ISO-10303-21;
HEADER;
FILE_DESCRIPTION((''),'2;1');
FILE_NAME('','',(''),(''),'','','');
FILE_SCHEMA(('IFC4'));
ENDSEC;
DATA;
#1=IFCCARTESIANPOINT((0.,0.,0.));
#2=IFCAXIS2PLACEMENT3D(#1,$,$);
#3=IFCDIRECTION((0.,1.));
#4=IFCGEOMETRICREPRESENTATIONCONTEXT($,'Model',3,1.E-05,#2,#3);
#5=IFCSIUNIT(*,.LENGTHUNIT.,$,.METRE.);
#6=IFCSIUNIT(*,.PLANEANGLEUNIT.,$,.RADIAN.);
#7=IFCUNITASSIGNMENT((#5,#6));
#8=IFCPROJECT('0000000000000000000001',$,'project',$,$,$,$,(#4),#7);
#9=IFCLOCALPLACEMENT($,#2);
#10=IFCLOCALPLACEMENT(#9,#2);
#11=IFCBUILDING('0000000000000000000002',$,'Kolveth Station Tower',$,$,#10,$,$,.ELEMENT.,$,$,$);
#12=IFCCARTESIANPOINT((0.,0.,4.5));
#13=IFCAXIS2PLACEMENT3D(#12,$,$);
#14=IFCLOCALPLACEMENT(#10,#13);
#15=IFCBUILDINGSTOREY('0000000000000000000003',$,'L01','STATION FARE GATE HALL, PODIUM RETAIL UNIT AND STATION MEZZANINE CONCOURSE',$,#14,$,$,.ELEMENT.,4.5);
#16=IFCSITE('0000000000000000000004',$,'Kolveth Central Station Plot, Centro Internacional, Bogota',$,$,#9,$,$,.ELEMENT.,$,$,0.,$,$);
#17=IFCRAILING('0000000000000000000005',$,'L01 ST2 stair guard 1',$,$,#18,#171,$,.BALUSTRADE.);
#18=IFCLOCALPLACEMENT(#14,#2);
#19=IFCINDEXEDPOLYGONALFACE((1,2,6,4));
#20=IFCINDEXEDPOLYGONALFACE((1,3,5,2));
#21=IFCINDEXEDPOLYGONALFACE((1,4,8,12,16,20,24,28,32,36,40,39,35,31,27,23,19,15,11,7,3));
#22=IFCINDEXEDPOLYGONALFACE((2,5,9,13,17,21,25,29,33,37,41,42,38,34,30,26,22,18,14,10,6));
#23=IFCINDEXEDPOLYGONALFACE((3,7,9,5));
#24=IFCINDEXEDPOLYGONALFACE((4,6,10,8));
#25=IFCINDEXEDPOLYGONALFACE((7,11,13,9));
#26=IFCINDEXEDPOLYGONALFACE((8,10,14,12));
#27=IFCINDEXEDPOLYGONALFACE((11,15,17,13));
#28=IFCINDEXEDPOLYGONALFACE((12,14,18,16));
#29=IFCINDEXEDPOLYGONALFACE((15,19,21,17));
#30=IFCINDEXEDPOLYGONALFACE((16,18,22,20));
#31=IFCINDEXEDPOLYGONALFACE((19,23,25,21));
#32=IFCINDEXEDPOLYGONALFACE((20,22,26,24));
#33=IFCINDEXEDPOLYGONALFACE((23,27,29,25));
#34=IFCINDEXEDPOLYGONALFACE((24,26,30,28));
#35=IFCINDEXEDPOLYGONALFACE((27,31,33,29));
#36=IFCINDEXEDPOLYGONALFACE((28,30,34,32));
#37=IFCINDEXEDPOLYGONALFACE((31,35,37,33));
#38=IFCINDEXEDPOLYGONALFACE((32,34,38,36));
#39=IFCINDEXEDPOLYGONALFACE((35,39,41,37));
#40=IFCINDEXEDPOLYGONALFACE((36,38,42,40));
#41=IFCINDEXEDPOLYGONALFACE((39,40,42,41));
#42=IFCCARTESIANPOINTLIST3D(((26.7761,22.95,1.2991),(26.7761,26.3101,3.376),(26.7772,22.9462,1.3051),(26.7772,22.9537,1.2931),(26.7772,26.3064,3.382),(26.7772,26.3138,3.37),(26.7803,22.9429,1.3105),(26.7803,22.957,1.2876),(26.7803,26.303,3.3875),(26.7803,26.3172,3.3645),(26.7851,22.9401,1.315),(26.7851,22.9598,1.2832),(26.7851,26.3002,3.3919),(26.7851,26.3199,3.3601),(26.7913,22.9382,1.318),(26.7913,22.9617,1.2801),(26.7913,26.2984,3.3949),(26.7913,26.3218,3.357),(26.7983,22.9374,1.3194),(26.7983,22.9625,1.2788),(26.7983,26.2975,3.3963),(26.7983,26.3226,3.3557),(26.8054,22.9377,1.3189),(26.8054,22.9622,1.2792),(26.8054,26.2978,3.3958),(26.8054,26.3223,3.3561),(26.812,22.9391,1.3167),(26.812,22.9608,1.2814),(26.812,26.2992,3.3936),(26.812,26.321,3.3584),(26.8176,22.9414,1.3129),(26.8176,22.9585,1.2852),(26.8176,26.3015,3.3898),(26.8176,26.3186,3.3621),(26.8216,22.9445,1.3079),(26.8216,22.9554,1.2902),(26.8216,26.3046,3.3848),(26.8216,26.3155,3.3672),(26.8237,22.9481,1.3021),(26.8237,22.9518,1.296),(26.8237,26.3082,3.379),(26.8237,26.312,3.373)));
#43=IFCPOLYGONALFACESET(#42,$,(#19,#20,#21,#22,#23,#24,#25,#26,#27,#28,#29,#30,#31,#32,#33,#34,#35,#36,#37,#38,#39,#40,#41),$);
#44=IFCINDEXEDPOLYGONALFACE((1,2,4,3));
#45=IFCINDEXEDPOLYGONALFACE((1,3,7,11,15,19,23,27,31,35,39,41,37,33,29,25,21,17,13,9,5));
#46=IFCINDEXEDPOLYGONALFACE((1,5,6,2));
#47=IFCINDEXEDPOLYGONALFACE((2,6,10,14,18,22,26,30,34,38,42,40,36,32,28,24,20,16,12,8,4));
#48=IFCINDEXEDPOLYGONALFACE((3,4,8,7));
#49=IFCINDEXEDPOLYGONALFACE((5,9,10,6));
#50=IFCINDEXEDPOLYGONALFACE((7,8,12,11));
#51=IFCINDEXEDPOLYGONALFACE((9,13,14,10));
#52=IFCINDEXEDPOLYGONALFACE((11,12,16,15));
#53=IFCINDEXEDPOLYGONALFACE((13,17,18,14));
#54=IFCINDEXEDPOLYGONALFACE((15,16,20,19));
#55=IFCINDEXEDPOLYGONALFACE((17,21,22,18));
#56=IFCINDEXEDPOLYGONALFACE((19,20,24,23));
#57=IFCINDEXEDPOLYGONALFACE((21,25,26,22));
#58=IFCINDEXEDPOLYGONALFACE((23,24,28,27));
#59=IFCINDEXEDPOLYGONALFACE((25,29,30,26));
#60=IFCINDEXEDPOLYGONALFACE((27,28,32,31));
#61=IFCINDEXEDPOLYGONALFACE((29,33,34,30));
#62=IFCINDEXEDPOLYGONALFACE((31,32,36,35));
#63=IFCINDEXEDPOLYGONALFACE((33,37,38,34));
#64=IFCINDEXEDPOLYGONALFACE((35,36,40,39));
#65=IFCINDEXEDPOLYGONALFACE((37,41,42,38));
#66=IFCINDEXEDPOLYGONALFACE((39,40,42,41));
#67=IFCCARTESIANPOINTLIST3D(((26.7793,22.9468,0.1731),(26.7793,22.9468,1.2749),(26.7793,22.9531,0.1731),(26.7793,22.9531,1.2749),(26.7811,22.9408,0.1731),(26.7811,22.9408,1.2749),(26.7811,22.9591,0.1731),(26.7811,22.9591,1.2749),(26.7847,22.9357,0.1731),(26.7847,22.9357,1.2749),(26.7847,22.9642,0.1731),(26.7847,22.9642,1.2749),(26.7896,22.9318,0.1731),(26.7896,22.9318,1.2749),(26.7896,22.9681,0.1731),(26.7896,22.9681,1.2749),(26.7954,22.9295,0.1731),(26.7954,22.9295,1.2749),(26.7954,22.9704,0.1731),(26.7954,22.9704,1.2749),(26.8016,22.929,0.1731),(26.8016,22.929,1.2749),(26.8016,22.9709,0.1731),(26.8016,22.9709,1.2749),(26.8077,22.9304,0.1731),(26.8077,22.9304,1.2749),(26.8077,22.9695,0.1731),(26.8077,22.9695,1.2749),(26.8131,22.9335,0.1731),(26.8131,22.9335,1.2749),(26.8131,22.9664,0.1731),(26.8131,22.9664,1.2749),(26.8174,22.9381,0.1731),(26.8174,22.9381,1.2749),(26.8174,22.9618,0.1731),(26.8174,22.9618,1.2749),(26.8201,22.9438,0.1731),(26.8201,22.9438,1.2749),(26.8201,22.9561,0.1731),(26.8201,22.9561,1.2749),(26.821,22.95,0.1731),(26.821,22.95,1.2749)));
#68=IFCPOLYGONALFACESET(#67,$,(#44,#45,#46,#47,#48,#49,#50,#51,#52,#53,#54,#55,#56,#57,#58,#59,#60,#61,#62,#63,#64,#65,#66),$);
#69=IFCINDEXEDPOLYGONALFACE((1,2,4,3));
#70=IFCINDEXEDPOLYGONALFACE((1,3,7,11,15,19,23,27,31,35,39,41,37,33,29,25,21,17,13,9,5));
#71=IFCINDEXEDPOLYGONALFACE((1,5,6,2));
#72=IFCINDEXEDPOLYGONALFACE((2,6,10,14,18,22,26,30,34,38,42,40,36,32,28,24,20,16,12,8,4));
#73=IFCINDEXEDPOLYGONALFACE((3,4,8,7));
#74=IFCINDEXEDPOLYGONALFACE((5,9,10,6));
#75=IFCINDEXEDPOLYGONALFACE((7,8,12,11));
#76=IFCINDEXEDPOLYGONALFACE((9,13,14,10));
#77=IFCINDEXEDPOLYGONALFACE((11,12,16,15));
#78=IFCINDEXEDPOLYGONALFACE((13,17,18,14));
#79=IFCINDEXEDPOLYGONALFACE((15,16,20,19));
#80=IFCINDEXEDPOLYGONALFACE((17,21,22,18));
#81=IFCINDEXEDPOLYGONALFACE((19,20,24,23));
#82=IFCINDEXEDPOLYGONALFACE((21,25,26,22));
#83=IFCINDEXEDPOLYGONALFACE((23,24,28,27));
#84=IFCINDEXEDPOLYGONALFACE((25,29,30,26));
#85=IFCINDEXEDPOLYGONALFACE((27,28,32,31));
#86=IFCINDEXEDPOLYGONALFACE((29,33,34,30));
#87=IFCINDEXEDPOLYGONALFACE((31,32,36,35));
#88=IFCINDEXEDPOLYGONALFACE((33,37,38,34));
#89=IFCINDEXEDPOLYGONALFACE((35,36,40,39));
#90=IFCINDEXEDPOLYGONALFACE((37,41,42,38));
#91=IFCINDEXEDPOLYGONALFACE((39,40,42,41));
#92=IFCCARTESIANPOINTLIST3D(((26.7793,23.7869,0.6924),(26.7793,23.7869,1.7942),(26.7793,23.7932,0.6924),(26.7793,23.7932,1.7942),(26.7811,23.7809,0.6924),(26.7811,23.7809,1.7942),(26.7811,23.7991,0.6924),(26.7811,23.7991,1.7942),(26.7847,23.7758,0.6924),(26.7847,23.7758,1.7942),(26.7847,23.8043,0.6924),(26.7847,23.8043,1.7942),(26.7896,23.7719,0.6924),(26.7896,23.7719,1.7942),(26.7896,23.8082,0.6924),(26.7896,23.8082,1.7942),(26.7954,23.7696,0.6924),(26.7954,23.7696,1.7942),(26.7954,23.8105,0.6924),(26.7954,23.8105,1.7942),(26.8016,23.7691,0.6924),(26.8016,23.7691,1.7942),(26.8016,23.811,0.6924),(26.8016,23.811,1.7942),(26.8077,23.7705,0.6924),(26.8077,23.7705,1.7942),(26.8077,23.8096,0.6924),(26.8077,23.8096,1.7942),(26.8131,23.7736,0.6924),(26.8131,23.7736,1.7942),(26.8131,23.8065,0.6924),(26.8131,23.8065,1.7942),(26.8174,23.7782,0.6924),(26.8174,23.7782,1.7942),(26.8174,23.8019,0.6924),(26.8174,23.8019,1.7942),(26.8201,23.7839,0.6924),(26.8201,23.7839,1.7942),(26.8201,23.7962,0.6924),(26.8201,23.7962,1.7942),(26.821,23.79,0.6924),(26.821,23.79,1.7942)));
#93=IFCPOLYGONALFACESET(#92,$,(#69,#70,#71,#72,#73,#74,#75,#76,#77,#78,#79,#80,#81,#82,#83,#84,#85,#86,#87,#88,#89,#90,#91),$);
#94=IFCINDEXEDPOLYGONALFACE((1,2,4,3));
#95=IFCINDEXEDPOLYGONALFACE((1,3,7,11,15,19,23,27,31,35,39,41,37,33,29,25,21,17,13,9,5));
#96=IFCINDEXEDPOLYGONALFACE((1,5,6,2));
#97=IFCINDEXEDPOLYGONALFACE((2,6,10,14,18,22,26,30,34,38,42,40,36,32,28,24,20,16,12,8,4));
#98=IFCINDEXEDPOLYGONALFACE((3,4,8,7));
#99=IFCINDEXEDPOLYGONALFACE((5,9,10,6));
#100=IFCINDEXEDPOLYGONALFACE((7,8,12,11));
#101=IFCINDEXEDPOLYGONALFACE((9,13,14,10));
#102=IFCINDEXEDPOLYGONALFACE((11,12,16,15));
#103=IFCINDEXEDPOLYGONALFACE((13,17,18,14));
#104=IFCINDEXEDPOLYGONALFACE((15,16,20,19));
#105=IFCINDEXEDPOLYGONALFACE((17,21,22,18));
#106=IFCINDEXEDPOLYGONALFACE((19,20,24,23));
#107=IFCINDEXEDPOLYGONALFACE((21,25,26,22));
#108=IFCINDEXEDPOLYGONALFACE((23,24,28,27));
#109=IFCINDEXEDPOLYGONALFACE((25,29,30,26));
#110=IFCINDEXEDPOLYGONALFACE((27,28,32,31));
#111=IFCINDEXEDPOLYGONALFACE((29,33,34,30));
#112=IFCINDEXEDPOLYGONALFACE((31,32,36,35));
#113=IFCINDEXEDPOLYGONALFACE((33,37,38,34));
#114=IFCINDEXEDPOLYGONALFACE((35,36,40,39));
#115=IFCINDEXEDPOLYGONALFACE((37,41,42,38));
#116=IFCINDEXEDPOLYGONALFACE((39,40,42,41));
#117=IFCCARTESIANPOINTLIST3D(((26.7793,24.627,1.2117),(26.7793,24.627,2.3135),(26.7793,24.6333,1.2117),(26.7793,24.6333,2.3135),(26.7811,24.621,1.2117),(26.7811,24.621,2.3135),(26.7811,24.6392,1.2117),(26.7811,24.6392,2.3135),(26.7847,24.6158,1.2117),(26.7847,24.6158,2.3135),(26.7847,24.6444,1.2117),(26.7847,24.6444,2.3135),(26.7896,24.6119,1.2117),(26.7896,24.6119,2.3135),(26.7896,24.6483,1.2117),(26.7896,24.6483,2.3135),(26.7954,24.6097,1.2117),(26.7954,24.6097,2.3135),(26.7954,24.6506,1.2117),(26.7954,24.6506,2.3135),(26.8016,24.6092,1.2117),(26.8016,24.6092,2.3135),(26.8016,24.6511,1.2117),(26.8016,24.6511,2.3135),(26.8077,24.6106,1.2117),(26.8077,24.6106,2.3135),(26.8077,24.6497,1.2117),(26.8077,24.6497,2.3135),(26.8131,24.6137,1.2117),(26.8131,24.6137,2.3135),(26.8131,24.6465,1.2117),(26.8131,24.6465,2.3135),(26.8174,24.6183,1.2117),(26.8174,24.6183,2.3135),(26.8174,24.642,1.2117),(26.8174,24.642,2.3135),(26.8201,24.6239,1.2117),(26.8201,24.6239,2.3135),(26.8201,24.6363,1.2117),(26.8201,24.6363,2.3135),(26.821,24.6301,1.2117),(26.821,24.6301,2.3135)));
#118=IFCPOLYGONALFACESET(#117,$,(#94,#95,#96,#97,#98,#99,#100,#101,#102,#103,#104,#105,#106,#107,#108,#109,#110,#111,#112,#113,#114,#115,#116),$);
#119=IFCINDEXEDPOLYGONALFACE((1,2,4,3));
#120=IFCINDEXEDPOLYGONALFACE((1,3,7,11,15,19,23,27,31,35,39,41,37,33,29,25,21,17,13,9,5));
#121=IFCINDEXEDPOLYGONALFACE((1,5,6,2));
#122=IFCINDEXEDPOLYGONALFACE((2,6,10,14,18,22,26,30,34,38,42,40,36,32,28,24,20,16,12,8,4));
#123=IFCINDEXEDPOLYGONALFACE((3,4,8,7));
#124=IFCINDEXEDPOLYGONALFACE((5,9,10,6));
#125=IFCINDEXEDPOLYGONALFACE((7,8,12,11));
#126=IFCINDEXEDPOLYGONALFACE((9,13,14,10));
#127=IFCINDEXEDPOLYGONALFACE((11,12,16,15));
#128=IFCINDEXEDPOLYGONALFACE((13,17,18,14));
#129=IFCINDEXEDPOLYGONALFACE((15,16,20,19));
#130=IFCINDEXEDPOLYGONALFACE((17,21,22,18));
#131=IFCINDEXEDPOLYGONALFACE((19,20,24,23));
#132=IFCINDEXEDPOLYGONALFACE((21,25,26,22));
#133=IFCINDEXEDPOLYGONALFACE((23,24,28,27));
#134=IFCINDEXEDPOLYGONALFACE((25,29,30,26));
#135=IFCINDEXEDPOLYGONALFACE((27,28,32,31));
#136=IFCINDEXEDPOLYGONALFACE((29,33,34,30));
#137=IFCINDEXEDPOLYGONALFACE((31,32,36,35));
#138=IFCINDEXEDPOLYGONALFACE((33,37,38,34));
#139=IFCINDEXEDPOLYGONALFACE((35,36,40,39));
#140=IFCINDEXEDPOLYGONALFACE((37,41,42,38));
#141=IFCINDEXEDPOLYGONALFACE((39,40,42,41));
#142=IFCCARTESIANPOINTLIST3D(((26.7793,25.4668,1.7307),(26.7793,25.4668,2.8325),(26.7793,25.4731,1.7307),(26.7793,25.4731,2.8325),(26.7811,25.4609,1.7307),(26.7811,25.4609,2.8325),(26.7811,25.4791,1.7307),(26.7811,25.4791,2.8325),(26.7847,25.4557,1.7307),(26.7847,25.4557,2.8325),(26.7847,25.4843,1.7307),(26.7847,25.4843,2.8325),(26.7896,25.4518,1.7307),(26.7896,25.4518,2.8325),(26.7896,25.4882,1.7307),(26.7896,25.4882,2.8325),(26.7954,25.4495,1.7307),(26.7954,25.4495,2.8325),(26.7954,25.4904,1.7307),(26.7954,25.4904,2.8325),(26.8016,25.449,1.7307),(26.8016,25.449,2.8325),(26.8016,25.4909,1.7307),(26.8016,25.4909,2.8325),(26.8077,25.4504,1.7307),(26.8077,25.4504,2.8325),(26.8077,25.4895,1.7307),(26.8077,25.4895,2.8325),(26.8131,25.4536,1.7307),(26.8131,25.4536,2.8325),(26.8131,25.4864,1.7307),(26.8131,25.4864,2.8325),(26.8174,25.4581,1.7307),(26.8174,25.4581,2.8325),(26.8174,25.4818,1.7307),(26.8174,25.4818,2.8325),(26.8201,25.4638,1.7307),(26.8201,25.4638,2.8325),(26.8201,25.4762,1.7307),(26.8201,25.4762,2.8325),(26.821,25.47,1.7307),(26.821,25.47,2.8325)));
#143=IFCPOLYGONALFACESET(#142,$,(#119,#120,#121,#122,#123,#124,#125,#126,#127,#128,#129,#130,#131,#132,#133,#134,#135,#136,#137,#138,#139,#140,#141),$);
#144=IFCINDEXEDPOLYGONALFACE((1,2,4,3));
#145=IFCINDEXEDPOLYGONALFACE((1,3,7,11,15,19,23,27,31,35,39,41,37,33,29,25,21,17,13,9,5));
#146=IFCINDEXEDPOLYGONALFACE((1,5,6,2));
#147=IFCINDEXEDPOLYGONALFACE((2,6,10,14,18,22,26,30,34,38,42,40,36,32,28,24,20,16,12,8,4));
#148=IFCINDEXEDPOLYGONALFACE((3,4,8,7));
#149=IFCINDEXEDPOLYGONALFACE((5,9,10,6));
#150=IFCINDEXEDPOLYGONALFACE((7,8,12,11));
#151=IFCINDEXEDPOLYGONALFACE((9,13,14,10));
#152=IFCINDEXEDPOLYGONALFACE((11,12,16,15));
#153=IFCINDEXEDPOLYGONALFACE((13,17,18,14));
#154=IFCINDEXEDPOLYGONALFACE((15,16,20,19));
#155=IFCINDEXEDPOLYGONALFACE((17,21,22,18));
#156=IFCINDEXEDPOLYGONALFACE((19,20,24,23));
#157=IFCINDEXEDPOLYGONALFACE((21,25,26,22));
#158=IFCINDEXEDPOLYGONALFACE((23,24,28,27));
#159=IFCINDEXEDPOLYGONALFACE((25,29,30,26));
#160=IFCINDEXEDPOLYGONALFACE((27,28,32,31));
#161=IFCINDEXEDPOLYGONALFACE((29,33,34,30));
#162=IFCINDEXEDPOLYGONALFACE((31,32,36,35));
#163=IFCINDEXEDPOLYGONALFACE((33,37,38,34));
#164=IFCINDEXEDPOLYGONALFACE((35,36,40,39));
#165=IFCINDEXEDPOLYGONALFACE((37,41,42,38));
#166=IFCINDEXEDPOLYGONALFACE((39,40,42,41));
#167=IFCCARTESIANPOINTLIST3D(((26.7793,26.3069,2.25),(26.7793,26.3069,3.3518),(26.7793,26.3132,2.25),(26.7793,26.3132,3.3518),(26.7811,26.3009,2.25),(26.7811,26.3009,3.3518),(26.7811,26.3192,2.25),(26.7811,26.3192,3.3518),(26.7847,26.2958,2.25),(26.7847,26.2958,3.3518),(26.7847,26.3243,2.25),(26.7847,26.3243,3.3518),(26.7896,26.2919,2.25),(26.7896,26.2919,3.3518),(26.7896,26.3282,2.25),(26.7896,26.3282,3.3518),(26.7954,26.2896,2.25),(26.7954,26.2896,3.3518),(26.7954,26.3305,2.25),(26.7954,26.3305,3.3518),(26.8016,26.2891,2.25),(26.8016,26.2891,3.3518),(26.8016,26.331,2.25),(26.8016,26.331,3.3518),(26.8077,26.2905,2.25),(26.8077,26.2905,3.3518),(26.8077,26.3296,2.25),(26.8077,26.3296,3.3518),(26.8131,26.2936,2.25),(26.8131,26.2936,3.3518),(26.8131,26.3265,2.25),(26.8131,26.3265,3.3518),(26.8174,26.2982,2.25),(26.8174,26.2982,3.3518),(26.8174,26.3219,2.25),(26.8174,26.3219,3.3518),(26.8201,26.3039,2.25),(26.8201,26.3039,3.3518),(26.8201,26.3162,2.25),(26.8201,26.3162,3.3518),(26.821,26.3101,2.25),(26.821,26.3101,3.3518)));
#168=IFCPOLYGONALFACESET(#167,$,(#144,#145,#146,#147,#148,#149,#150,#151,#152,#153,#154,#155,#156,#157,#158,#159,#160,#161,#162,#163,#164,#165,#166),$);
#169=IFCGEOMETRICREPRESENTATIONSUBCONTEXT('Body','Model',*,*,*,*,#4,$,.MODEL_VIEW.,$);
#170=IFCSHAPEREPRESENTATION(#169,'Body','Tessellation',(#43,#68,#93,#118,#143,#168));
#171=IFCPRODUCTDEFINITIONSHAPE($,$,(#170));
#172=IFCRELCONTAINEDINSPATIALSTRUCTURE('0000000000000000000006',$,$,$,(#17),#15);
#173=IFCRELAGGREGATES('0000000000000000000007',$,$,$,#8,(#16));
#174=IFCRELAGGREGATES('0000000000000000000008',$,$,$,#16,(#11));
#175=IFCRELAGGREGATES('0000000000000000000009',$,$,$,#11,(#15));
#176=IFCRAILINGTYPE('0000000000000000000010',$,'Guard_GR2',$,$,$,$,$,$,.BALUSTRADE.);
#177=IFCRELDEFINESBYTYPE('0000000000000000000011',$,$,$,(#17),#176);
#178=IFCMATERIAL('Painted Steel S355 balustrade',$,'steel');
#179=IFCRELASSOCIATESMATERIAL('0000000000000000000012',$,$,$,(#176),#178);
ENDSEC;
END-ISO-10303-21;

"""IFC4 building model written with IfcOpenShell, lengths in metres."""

from ifc_helpers import new_model, si_unit, direction, frame, origin, origin_2d, place, context, subcontext, project, spatial, circle, extrude, material, type_object, element, save


model = new_model("IFC4")

# Units and contexts
model_context = context("Model", 3, precision=1e-05, world=origin(), true_north=direction((0.0, 1.0)))
body_context = subcontext(model_context, "Body", "Model", "MODEL_VIEW")
ifc_project = project(units=[si_unit("LENGTHUNIT", "METRE"), si_unit("PLANEANGLEUNIT", "RADIAN")], contexts=[model_context])

# Site, building, storey
site_placement = place(None, origin())
site = spatial("IfcSite", under=ifc_project, at=site_placement, Name="Kolveth Central Station Plot, Centro Internacional, Bogota", CompositionType="ELEMENT", RefElevation=0.0)
building_placement = place(site_placement, origin())
building = spatial("IfcBuilding", under=site, at=building_placement, Name="Kolveth Station Tower", CompositionType="ELEMENT")
storey_placement = place(building_placement, frame((0.0, 0.0, 4.5)))
storey = spatial("IfcBuildingStorey", under=building, at=storey_placement, Name="L01", Description="STATION FARE GATE HALL, PODIUM RETAIL UNIT AND STATION MEZZANINE CONCOURSE", CompositionType="ELEMENT", Elevation=4.5)

# Railing
ifc_material_1 = material(Name="Painted Steel S355 balustrade", Category="steel")
railing_type_1 = type_object("IfcRailingType", Name="Guard_GR2", PredefinedType="BALUSTRADE", material=ifc_material_1)
railing_1_placement = place(storey_placement, frame((26.8, 22.95, 0.1731)))
element("IfcRailing", 1, at=railing_1_placement, inside=storey, type_object=railing_type_1, Name="L01 ST2 stair guard 1", PredefinedType="BALUSTRADE", context=body_context, shape_type="SweptSolid", body=[
    extrude(circle(Radius=0.0239, at=origin_2d()), frame((0.0, 0.0, 1.126), z_axis=(0.0, 0.850623, 0.525776), x_axis=(-1.0, 0.0, 0.0)), (0.0, 0.0, 1.0), 3.9502),
    extrude(circle(Radius=0.021, at=origin_2d()), origin(), (0.0, 0.0, 1.0), 1.1018),
    extrude(circle(Radius=0.021, at=origin_2d()), frame((0.0, 0.8401, 0.5193)), (0.0, 0.0, 1.0), 1.1018),
    extrude(circle(Radius=0.021, at=origin_2d()), frame((0.0, 1.6802, 1.0386)), (0.0, 0.0, 1.0), 1.1018),
    extrude(circle(Radius=0.021, at=origin_2d()), frame((0.0, 2.52, 1.5576)), (0.0, 0.0, 1.0), 1.1018),
    extrude(circle(Radius=0.021, at=origin_2d()), frame((0.0, 3.3601, 2.0769)), (0.0, 0.0, 1.0), 1.1018),
])

save(model, "model.ifc")
